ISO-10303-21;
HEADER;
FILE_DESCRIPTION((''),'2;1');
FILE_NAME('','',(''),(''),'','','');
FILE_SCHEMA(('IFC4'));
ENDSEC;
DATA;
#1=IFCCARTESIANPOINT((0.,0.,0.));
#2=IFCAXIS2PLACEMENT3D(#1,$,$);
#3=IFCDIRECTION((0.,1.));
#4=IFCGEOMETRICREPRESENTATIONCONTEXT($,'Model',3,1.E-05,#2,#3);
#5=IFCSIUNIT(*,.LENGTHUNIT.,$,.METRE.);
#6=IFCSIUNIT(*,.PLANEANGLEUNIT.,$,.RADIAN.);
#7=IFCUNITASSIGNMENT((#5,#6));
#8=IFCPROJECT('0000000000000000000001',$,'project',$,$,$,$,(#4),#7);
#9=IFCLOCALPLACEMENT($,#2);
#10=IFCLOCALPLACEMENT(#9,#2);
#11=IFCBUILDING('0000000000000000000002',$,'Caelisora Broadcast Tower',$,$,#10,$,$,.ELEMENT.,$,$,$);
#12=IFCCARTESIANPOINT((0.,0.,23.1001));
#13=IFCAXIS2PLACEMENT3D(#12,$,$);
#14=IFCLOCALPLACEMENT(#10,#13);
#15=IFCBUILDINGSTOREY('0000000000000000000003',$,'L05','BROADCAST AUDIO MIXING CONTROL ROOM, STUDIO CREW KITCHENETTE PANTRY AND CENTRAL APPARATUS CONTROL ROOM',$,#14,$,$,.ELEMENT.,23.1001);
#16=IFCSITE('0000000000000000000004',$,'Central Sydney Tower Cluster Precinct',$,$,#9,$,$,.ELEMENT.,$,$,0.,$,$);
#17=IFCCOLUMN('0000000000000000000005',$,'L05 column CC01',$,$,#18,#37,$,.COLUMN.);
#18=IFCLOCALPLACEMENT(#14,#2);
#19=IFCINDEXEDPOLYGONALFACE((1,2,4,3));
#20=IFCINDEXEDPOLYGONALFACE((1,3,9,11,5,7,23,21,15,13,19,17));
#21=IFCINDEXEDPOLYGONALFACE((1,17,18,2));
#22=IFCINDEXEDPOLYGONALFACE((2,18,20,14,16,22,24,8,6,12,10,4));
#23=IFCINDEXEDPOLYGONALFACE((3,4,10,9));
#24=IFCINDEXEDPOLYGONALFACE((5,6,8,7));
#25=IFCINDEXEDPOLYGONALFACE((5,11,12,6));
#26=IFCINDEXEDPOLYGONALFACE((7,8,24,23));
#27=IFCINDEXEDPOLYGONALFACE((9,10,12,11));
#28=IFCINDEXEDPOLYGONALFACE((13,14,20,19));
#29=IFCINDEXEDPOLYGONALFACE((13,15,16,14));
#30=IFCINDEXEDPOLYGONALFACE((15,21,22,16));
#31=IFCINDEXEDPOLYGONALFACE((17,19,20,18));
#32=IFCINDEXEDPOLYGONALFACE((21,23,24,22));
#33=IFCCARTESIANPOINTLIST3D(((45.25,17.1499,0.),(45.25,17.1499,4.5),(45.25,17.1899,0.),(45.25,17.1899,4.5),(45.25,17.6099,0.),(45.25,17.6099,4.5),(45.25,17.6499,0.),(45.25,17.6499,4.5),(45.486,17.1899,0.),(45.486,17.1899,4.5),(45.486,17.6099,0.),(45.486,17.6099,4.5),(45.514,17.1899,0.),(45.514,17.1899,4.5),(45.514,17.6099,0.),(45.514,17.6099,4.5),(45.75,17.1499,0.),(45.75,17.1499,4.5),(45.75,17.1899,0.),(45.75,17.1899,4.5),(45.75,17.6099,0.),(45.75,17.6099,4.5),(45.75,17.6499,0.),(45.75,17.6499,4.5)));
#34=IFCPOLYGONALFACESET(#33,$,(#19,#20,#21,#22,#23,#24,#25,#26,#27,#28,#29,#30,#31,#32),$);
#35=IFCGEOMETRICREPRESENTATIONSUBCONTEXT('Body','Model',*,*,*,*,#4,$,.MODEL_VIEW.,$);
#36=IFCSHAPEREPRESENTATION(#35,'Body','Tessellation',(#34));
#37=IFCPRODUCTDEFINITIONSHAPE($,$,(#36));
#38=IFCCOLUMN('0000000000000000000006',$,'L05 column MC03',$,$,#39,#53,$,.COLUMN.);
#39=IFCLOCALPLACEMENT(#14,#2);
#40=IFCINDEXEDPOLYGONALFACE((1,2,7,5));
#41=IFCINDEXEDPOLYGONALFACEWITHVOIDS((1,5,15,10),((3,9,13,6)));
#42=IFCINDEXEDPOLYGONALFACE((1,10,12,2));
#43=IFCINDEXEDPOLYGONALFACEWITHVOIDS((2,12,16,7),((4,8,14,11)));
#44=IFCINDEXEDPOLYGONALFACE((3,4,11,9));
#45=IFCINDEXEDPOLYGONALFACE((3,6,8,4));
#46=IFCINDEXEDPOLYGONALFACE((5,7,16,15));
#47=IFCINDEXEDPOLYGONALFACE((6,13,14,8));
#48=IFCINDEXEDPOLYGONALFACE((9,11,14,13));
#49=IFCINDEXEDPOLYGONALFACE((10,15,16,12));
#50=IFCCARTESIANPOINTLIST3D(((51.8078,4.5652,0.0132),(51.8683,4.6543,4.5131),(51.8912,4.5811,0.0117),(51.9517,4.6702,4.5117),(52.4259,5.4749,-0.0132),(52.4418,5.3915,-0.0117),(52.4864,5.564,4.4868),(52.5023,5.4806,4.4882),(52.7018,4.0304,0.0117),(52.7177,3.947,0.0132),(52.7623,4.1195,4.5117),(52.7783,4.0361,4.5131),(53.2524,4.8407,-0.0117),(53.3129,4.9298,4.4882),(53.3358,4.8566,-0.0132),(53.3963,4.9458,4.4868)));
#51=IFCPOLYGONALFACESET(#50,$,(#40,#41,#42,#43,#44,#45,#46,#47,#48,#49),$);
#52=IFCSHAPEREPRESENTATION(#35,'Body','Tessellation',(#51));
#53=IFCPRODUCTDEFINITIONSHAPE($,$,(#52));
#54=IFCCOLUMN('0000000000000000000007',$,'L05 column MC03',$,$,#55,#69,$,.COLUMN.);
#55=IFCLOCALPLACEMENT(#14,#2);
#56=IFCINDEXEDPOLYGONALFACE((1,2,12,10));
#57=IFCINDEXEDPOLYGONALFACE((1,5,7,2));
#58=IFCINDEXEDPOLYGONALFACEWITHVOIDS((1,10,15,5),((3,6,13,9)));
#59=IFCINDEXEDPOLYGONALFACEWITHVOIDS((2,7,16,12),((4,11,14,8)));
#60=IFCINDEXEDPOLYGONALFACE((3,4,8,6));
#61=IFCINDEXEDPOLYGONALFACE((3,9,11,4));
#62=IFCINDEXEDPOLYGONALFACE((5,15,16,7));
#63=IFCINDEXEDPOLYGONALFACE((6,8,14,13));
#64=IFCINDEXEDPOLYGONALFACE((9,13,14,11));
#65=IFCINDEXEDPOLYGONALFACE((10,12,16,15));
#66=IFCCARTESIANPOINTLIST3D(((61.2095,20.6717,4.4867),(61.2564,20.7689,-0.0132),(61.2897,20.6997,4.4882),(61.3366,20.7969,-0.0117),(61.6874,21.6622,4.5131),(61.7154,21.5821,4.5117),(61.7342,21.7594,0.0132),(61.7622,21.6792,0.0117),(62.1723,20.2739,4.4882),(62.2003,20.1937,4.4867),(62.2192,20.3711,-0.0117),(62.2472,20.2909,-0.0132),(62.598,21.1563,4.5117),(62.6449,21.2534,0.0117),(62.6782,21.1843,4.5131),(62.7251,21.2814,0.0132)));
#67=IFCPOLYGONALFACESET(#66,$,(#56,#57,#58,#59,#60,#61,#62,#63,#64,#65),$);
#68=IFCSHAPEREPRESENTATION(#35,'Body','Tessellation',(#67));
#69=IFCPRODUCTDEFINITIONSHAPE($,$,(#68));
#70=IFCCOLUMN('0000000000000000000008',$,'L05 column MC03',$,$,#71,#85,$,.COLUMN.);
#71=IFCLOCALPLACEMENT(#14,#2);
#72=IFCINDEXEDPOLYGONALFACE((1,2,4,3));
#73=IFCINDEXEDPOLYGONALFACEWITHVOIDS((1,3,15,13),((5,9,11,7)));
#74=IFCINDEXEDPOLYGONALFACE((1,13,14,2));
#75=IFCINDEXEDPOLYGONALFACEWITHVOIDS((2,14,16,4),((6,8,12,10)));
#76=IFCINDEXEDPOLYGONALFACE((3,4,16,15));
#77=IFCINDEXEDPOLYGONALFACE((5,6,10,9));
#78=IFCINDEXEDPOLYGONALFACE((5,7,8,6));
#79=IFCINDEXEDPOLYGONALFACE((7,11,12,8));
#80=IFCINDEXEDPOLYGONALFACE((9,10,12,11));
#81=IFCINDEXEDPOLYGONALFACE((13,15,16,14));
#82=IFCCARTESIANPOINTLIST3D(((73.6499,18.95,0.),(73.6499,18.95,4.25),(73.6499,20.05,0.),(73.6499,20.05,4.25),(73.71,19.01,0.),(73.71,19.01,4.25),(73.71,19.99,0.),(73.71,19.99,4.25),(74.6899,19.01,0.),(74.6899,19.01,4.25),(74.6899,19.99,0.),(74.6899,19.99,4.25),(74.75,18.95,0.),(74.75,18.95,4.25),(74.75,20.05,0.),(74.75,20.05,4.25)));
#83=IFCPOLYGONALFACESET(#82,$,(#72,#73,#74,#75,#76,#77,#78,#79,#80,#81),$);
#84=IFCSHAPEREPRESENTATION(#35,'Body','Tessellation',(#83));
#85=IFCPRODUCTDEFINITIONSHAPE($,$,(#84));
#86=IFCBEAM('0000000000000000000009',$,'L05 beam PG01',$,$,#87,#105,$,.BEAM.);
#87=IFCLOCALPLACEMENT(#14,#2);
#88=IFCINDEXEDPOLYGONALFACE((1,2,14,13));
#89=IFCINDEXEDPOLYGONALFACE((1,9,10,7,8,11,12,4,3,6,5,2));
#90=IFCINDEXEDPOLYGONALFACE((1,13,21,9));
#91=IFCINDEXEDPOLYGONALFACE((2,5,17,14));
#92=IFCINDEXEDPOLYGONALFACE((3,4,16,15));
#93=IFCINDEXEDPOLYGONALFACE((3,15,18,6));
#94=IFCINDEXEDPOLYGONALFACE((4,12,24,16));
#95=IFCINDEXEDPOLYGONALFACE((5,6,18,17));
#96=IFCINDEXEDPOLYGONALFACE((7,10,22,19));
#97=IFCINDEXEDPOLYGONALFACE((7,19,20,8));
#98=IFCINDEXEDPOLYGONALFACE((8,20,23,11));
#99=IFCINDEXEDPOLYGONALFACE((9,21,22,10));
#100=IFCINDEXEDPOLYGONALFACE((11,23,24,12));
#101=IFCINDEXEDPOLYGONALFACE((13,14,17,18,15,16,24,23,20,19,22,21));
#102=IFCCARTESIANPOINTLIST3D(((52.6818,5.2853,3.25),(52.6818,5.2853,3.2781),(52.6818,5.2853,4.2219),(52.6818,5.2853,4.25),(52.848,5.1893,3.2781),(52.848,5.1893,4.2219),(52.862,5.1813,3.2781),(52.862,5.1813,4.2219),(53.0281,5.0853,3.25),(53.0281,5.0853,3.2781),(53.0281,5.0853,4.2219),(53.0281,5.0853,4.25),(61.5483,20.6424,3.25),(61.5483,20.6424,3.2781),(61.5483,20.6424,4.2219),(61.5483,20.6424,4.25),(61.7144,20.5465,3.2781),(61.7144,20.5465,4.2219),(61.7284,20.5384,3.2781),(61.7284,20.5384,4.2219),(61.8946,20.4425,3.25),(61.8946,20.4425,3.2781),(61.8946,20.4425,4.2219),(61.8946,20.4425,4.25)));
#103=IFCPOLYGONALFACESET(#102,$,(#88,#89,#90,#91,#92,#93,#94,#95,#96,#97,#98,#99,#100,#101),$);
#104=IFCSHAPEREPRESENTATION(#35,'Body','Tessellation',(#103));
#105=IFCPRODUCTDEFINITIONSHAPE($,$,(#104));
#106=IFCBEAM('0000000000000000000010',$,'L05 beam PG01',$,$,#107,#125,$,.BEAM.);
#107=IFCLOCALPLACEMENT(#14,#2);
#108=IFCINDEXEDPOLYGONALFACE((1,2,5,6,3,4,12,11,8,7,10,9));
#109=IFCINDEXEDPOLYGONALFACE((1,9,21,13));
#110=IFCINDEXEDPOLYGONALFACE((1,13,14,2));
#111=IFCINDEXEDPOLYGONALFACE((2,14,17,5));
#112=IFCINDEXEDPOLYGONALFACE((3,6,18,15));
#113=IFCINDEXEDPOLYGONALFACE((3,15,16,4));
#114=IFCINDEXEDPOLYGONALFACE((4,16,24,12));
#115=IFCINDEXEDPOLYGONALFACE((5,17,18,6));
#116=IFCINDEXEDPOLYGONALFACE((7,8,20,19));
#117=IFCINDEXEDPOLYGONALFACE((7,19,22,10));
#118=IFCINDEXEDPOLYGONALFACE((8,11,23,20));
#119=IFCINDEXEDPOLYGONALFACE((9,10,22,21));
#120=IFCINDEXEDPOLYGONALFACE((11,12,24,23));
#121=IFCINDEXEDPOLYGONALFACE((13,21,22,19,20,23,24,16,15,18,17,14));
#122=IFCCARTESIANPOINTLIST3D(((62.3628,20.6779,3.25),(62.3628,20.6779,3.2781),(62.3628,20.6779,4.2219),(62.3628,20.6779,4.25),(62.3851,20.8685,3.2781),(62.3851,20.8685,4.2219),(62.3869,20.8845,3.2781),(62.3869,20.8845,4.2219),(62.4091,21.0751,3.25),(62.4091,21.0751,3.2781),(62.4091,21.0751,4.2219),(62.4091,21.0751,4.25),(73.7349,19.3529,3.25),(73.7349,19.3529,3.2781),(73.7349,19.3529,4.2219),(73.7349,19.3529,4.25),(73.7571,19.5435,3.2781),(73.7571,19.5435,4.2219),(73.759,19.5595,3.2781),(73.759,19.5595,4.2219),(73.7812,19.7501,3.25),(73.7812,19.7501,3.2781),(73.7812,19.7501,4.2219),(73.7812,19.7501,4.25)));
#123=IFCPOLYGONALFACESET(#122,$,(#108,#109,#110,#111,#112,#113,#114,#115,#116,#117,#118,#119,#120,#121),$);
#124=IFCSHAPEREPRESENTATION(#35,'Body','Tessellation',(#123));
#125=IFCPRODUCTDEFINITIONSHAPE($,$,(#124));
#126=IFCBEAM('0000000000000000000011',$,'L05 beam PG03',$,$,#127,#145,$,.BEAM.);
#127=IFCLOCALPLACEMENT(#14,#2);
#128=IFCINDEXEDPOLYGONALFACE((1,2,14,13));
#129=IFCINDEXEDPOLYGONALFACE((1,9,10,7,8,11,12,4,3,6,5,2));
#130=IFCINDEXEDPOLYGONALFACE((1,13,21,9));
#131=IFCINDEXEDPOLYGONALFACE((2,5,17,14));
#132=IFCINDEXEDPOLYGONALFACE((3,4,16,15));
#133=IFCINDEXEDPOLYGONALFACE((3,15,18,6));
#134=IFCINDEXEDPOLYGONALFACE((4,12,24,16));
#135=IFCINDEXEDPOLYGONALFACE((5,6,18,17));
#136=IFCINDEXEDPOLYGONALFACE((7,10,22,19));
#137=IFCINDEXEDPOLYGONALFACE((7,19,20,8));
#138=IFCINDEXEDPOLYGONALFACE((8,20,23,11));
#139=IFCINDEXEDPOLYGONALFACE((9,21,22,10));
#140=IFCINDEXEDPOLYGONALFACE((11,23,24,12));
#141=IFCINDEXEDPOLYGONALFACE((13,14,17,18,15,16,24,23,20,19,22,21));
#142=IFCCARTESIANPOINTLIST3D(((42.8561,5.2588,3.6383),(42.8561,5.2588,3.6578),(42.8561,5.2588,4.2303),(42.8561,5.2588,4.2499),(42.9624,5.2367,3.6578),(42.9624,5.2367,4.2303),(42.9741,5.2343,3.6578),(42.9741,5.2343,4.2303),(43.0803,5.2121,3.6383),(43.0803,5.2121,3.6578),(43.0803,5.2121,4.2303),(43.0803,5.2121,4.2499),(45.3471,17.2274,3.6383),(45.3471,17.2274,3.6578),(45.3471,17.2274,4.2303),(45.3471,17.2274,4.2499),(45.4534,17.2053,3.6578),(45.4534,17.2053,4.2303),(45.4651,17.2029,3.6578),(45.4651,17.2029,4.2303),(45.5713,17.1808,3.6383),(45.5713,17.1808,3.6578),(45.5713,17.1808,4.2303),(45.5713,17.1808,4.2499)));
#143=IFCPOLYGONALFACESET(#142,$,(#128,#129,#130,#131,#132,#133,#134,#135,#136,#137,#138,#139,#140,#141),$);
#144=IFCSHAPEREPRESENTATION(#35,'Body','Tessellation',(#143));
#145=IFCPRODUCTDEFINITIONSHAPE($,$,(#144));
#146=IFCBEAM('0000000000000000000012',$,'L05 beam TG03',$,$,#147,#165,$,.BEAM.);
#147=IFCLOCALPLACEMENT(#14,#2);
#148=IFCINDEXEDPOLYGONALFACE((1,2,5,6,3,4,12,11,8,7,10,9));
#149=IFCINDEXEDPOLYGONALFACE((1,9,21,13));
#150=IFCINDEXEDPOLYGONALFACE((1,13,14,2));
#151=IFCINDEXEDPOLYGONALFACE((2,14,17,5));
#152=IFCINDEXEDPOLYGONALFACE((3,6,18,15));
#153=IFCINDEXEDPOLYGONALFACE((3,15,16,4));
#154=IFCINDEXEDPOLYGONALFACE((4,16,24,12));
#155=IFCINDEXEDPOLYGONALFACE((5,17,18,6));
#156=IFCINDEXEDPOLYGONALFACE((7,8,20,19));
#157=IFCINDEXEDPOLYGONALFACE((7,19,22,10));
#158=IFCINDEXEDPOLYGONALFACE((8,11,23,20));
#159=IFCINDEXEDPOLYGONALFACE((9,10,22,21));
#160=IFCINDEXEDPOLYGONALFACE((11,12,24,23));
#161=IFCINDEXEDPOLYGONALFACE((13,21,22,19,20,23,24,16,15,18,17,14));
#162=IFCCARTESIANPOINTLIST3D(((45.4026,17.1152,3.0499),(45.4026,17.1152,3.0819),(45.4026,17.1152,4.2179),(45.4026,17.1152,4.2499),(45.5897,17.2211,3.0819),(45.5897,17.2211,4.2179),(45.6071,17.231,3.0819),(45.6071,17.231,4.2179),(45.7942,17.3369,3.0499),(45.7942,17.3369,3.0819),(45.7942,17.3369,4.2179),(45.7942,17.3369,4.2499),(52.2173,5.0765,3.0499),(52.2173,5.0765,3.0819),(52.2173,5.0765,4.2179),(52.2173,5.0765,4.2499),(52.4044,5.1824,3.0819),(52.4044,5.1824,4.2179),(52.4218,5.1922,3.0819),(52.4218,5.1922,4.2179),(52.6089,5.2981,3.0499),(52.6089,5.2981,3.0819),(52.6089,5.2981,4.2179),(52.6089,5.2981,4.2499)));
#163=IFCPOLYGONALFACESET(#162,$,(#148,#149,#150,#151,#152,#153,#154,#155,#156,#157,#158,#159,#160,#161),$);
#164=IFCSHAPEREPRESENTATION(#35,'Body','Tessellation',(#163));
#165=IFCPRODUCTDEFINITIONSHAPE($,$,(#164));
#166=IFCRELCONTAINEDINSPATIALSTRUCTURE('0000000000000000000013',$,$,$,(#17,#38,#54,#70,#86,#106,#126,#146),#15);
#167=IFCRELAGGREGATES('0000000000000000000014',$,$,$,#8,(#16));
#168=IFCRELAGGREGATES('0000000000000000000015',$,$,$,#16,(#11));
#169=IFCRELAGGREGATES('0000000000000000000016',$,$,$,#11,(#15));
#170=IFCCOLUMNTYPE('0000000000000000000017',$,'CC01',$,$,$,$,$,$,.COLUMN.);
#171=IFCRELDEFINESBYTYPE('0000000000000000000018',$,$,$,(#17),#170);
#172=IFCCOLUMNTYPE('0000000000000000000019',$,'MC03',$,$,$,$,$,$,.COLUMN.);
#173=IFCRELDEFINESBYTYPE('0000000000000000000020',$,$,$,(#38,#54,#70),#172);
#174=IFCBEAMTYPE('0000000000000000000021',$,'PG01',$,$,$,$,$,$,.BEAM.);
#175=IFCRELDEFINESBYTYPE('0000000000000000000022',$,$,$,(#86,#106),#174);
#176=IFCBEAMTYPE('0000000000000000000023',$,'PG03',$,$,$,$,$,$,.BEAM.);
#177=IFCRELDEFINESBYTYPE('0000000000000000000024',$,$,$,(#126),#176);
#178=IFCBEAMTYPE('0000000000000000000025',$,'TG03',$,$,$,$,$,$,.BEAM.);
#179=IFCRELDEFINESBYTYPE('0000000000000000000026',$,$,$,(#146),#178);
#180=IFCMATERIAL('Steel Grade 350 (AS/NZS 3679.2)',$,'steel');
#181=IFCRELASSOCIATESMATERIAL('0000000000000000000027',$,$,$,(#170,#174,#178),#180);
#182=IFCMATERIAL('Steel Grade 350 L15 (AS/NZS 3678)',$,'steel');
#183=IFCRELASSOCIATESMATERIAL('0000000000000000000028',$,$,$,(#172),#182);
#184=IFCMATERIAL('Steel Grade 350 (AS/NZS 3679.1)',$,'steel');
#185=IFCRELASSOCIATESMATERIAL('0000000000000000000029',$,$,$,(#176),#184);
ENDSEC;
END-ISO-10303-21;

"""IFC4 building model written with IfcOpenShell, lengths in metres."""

from ifc_helpers import new_model, si_unit, direction, frame, origin, origin_2d, place, context, subcontext, project, spatial, hollow_rectangle, i_section, extrude, source, transform, mapped, material, material_profile, profile_set, type_object, type_shapes, element, save


model = new_model("IFC4")

# Units and contexts
model_context = context("Model", 3, precision=1e-05, world=origin(), true_north=direction((0.0, 1.0)))
body_context = subcontext(model_context, "Body", "Model", "MODEL_VIEW")
ifc_project = project(units=[si_unit("LENGTHUNIT", "METRE"), si_unit("PLANEANGLEUNIT", "RADIAN")], contexts=[model_context])

# Site, building, storey
site_placement = place(None, origin())
site = spatial("IfcSite", under=ifc_project, at=site_placement, Name="Central Sydney Tower Cluster Precinct", CompositionType="ELEMENT", RefElevation=0.0)
building_placement = place(site_placement, origin())
building = spatial("IfcBuilding", under=site, at=building_placement, Name="Caelisora Broadcast Tower", CompositionType="ELEMENT")
storey_placement = place(building_placement, frame((0.0, 0.0, 23.1001)))
storey = spatial("IfcBuildingStorey", under=building, at=storey_placement, Name="L05", Description="BROADCAST AUDIO MIXING CONTROL ROOM, STUDIO CREW KITCHENETTE PANTRY AND CENTRAL APPARATUS CONTROL ROOM", CompositionType="ELEMENT", Elevation=23.1001)

# Columns
ifc_material_1 = material(Name="Steel Grade 350 (AS/NZS 3679.2)", Category="steel")
ifc_material_profile_1 = material_profile(ifc_material_1, i_section(OverallWidth=0.5, OverallDepth=0.5, WebThickness=0.0281, FlangeThickness=0.04, at=origin_2d()), Name="Steel Grade 350 (AS/NZS 3679.2)")
ifc_profile_set_1 = profile_set([ifc_material_profile_1], Name="Steel Grade 350 (AS/NZS 3679.2)")
column_type_1 = type_object("IfcColumnType", Name="CC01", PredefinedType="COLUMN", material=ifc_profile_set_1)
shared_shape_1 = source(origin(), body_context, "Body", "SweptSolid", [
    extrude(i_section(OverallWidth=0.5, OverallDepth=0.5, WebThickness=0.0281, FlangeThickness=0.04, at=origin_2d()), origin(), (0.0, 0.0, 1.0), 4.5),
])
type_shapes(column_type_1, [shared_shape_1])
column_1_placement = place(storey_placement, frame((45.5, 17.3999, 0.0), z_axis=(0.0, 0.0, 1.0), x_axis=(1.0, 0.0, 0.0)))
element("IfcColumn", 1, at=column_1_placement, inside=storey, type_object=column_type_1, Name="L05 column CC01", PredefinedType="COLUMN", context=body_context, shape_type="MappedRepresentation", body=[
    mapped(shared_shape_1, transform((0.0, 0.0, 0.0), scale=1.0)),
])
ifc_material_2 = material(Name="Steel Grade 350 L15 (AS/NZS 3678)", Category="steel")
ifc_material_profile_2 = material_profile(ifc_material_2, hollow_rectangle(XDim=1.1001, YDim=1.1001, WallThickness=0.0601, at=origin_2d()), Name="Steel Grade 350 L15 (AS/NZS 3678)")
ifc_profile_set_2 = profile_set([ifc_material_profile_2], Name="Steel Grade 350 L15 (AS/NZS 3678)")
column_type_2 = type_object("IfcColumnType", Name="MC03", PredefinedType="COLUMN", material=ifc_profile_set_2)
shared_shape_2 = source(origin(), body_context, "Body", "SweptSolid", [
    extrude(hollow_rectangle(XDim=1.1001, YDim=1.1001, WallThickness=0.0601, at=origin_2d()), origin(), (0.0, 0.0, 1.0), 4.5012),
])
for number, where, z_axis, x_axis, name in (
    (2, (52.5718, 4.7109, 0.0), (0.013451, 0.019797, 0.999714), (-0.827137, 0.562, 0.0), "L05 column MC03"),
    (3, (61.9907, 21.0251, 0.0), (-0.010414, -0.021587, 0.999713), (0.900674, -0.434496, 0.0), "L05 column MC03"),
):
    element("IfcColumn", number, at=place(storey_placement, frame(where, z_axis=z_axis, x_axis=x_axis)), inside=storey, type_object=column_type_2, Name=name, PredefinedType="COLUMN", context=body_context, shape_type="MappedRepresentation", body=[
        mapped(shared_shape_2, transform((0.0, 0.0, 0.0), scale=1.0)),
    ])
shared_shape_3 = source(origin(), body_context, "Body", "SweptSolid", [
    extrude(hollow_rectangle(XDim=1.1001, YDim=1.1001, WallThickness=0.0601, at=origin_2d()), origin(), (0.0, 0.0, 1.0), 4.25),
])
type_shapes(column_type_2, [shared_shape_2, shared_shape_3])
column_2_placement = place(storey_placement, frame((74.2, 19.5, 0.0), z_axis=(0.0, 0.0, 1.0), x_axis=(1.0, 0.0, 0.0)))
element("IfcColumn", 4, at=column_2_placement, inside=storey, type_object=column_type_2, Name="L05 column MC03", PredefinedType="COLUMN", context=body_context, shape_type="MappedRepresentation", body=[
    mapped(shared_shape_3, transform((0.0, 0.0, 0.0), scale=1.0)),
])

# Beams
ifc_material_profile_3 = material_profile(ifc_material_1, i_section(OverallWidth=0.3999, OverallDepth=1.0, WebThickness=0.0161, FlangeThickness=0.0281, at=origin_2d()), Name="Steel Grade 350 (AS/NZS 3679.2)")
ifc_profile_set_3 = profile_set([ifc_material_profile_3], Name="Steel Grade 350 (AS/NZS 3679.2)")
beam_type_1 = type_object("IfcBeamType", Name="PG01", PredefinedType="BEAM", material=ifc_profile_set_3)
shared_shape_4 = source(origin(), body_context, "Body", "SweptSolid", [
    extrude(i_section(OverallWidth=0.3999, OverallDepth=1.0, WebThickness=0.0161, FlangeThickness=0.0281, at=origin_2d()), origin(), (0.0, 0.0, 1.0), 17.7329),
])
beam_1_placement = place(storey_placement, frame((52.855, 5.1853, 3.75), z_axis=(0.499999, 0.866026, 0.0), x_axis=(-0.866026, 0.499999, 0.0)))
element("IfcBeam", 5, at=beam_1_placement, inside=storey, type_object=beam_type_1, Name="L05 beam PG01", PredefinedType="BEAM", context=body_context, shape_type="MappedRepresentation", body=[
    mapped(shared_shape_4, transform((0.0, 0.0, 0.0), scale=1.0)),
])
shared_shape_5 = source(origin(), body_context, "Body", "SweptSolid", [
    extrude(i_section(OverallWidth=0.3999, OverallDepth=1.0, WebThickness=0.0161, FlangeThickness=0.0281, at=origin_2d()), origin(), (0.0, 0.0, 1.0), 11.449),
])
beam_2_placement = place(storey_placement, frame((62.386, 20.8765, 3.75), z_axis=(0.993281, -0.115726, 0.0), x_axis=(0.115726, 0.993281, 0.0)))
element("IfcBeam", 6, at=beam_2_placement, inside=storey, type_object=beam_type_1, Name="L05 beam PG01", PredefinedType="BEAM", context=body_context, shape_type="MappedRepresentation", body=[
    mapped(shared_shape_5, transform((0.0, 0.0, 0.0), scale=1.0)),
])
ifc_material_3 = material(Name="Steel Grade 350 (AS/NZS 3679.1)", Category="steel")
ifc_material_profile_4 = material_profile(ifc_material_3, i_section(OverallWidth=0.229, OverallDepth=0.6116, WebThickness=0.012, FlangeThickness=0.0195, at=origin_2d()), Name="Steel Grade 350 (AS/NZS 3679.1)")
ifc_profile_set_4 = profile_set([ifc_material_profile_4], Name="Steel Grade 350 (AS/NZS 3679.1)")
beam_type_2 = type_object("IfcBeamType", Name="PG03", PredefinedType="BEAM", material=ifc_profile_set_4)
shared_shape_6 = source(origin(), body_context, "Body", "SweptSolid", [
    extrude(i_section(OverallWidth=0.229, OverallDepth=0.6116, WebThickness=0.012, FlangeThickness=0.0195, at=origin_2d()), origin(), (0.0, 0.0, 1.0), 12.2251),
])
type_shapes(beam_type_2, [shared_shape_6])
beam_3_placement = place(storey_placement, frame((45.4592, 17.2041, 3.9441), z_axis=(-0.20376, -0.979021, 0.0), x_axis=(0.979021, -0.20376, 0.0)))
element("IfcBeam", 7, at=beam_3_placement, inside=storey, type_object=beam_type_2, Name="L05 beam PG03", PredefinedType="BEAM", context=body_context, shape_type="MappedRepresentation", body=[
    mapped(shared_shape_6, transform((0.0, 0.0, 0.0), scale=1.0)),
])
ifc_material_profile_5 = material_profile(ifc_material_1, i_section(OverallWidth=0.45, OverallDepth=1.2, WebThickness=0.02, FlangeThickness=0.032, at=origin_2d()), Name="Steel Grade 350 (AS/NZS 3679.2)")
ifc_profile_set_5 = profile_set([ifc_material_profile_5], Name="Steel Grade 350 (AS/NZS 3679.2)")
beam_type_3 = type_object("IfcBeamType", Name="TG03", PredefinedType="BEAM", material=ifc_profile_set_5)
shared_shape_7 = source(origin(), body_context, "Body", "SweptSolid", [
    extrude(i_section(OverallWidth=0.45, OverallDepth=1.2, WebThickness=0.02, FlangeThickness=0.032, at=origin_2d()), origin(), (0.0, 0.0, 1.0), 13.8337),
])
type_shapes(beam_type_3, [shared_shape_7])
beam_4_placement = place(storey_placement, frame((45.5984, 17.2261, 3.6499), z_axis=(0.492613, -0.870248, 0.0), x_axis=(0.870248, 0.492613, 0.0)))
element("IfcBeam", 8, at=beam_4_placement, inside=storey, type_object=beam_type_3, Name="L05 beam TG03", PredefinedType="BEAM", context=body_context, shape_type="MappedRepresentation", body=[
    mapped(shared_shape_7, transform((0.0, 0.0, 0.0), scale=1.0)),
])

save(model, "model.ifc")
